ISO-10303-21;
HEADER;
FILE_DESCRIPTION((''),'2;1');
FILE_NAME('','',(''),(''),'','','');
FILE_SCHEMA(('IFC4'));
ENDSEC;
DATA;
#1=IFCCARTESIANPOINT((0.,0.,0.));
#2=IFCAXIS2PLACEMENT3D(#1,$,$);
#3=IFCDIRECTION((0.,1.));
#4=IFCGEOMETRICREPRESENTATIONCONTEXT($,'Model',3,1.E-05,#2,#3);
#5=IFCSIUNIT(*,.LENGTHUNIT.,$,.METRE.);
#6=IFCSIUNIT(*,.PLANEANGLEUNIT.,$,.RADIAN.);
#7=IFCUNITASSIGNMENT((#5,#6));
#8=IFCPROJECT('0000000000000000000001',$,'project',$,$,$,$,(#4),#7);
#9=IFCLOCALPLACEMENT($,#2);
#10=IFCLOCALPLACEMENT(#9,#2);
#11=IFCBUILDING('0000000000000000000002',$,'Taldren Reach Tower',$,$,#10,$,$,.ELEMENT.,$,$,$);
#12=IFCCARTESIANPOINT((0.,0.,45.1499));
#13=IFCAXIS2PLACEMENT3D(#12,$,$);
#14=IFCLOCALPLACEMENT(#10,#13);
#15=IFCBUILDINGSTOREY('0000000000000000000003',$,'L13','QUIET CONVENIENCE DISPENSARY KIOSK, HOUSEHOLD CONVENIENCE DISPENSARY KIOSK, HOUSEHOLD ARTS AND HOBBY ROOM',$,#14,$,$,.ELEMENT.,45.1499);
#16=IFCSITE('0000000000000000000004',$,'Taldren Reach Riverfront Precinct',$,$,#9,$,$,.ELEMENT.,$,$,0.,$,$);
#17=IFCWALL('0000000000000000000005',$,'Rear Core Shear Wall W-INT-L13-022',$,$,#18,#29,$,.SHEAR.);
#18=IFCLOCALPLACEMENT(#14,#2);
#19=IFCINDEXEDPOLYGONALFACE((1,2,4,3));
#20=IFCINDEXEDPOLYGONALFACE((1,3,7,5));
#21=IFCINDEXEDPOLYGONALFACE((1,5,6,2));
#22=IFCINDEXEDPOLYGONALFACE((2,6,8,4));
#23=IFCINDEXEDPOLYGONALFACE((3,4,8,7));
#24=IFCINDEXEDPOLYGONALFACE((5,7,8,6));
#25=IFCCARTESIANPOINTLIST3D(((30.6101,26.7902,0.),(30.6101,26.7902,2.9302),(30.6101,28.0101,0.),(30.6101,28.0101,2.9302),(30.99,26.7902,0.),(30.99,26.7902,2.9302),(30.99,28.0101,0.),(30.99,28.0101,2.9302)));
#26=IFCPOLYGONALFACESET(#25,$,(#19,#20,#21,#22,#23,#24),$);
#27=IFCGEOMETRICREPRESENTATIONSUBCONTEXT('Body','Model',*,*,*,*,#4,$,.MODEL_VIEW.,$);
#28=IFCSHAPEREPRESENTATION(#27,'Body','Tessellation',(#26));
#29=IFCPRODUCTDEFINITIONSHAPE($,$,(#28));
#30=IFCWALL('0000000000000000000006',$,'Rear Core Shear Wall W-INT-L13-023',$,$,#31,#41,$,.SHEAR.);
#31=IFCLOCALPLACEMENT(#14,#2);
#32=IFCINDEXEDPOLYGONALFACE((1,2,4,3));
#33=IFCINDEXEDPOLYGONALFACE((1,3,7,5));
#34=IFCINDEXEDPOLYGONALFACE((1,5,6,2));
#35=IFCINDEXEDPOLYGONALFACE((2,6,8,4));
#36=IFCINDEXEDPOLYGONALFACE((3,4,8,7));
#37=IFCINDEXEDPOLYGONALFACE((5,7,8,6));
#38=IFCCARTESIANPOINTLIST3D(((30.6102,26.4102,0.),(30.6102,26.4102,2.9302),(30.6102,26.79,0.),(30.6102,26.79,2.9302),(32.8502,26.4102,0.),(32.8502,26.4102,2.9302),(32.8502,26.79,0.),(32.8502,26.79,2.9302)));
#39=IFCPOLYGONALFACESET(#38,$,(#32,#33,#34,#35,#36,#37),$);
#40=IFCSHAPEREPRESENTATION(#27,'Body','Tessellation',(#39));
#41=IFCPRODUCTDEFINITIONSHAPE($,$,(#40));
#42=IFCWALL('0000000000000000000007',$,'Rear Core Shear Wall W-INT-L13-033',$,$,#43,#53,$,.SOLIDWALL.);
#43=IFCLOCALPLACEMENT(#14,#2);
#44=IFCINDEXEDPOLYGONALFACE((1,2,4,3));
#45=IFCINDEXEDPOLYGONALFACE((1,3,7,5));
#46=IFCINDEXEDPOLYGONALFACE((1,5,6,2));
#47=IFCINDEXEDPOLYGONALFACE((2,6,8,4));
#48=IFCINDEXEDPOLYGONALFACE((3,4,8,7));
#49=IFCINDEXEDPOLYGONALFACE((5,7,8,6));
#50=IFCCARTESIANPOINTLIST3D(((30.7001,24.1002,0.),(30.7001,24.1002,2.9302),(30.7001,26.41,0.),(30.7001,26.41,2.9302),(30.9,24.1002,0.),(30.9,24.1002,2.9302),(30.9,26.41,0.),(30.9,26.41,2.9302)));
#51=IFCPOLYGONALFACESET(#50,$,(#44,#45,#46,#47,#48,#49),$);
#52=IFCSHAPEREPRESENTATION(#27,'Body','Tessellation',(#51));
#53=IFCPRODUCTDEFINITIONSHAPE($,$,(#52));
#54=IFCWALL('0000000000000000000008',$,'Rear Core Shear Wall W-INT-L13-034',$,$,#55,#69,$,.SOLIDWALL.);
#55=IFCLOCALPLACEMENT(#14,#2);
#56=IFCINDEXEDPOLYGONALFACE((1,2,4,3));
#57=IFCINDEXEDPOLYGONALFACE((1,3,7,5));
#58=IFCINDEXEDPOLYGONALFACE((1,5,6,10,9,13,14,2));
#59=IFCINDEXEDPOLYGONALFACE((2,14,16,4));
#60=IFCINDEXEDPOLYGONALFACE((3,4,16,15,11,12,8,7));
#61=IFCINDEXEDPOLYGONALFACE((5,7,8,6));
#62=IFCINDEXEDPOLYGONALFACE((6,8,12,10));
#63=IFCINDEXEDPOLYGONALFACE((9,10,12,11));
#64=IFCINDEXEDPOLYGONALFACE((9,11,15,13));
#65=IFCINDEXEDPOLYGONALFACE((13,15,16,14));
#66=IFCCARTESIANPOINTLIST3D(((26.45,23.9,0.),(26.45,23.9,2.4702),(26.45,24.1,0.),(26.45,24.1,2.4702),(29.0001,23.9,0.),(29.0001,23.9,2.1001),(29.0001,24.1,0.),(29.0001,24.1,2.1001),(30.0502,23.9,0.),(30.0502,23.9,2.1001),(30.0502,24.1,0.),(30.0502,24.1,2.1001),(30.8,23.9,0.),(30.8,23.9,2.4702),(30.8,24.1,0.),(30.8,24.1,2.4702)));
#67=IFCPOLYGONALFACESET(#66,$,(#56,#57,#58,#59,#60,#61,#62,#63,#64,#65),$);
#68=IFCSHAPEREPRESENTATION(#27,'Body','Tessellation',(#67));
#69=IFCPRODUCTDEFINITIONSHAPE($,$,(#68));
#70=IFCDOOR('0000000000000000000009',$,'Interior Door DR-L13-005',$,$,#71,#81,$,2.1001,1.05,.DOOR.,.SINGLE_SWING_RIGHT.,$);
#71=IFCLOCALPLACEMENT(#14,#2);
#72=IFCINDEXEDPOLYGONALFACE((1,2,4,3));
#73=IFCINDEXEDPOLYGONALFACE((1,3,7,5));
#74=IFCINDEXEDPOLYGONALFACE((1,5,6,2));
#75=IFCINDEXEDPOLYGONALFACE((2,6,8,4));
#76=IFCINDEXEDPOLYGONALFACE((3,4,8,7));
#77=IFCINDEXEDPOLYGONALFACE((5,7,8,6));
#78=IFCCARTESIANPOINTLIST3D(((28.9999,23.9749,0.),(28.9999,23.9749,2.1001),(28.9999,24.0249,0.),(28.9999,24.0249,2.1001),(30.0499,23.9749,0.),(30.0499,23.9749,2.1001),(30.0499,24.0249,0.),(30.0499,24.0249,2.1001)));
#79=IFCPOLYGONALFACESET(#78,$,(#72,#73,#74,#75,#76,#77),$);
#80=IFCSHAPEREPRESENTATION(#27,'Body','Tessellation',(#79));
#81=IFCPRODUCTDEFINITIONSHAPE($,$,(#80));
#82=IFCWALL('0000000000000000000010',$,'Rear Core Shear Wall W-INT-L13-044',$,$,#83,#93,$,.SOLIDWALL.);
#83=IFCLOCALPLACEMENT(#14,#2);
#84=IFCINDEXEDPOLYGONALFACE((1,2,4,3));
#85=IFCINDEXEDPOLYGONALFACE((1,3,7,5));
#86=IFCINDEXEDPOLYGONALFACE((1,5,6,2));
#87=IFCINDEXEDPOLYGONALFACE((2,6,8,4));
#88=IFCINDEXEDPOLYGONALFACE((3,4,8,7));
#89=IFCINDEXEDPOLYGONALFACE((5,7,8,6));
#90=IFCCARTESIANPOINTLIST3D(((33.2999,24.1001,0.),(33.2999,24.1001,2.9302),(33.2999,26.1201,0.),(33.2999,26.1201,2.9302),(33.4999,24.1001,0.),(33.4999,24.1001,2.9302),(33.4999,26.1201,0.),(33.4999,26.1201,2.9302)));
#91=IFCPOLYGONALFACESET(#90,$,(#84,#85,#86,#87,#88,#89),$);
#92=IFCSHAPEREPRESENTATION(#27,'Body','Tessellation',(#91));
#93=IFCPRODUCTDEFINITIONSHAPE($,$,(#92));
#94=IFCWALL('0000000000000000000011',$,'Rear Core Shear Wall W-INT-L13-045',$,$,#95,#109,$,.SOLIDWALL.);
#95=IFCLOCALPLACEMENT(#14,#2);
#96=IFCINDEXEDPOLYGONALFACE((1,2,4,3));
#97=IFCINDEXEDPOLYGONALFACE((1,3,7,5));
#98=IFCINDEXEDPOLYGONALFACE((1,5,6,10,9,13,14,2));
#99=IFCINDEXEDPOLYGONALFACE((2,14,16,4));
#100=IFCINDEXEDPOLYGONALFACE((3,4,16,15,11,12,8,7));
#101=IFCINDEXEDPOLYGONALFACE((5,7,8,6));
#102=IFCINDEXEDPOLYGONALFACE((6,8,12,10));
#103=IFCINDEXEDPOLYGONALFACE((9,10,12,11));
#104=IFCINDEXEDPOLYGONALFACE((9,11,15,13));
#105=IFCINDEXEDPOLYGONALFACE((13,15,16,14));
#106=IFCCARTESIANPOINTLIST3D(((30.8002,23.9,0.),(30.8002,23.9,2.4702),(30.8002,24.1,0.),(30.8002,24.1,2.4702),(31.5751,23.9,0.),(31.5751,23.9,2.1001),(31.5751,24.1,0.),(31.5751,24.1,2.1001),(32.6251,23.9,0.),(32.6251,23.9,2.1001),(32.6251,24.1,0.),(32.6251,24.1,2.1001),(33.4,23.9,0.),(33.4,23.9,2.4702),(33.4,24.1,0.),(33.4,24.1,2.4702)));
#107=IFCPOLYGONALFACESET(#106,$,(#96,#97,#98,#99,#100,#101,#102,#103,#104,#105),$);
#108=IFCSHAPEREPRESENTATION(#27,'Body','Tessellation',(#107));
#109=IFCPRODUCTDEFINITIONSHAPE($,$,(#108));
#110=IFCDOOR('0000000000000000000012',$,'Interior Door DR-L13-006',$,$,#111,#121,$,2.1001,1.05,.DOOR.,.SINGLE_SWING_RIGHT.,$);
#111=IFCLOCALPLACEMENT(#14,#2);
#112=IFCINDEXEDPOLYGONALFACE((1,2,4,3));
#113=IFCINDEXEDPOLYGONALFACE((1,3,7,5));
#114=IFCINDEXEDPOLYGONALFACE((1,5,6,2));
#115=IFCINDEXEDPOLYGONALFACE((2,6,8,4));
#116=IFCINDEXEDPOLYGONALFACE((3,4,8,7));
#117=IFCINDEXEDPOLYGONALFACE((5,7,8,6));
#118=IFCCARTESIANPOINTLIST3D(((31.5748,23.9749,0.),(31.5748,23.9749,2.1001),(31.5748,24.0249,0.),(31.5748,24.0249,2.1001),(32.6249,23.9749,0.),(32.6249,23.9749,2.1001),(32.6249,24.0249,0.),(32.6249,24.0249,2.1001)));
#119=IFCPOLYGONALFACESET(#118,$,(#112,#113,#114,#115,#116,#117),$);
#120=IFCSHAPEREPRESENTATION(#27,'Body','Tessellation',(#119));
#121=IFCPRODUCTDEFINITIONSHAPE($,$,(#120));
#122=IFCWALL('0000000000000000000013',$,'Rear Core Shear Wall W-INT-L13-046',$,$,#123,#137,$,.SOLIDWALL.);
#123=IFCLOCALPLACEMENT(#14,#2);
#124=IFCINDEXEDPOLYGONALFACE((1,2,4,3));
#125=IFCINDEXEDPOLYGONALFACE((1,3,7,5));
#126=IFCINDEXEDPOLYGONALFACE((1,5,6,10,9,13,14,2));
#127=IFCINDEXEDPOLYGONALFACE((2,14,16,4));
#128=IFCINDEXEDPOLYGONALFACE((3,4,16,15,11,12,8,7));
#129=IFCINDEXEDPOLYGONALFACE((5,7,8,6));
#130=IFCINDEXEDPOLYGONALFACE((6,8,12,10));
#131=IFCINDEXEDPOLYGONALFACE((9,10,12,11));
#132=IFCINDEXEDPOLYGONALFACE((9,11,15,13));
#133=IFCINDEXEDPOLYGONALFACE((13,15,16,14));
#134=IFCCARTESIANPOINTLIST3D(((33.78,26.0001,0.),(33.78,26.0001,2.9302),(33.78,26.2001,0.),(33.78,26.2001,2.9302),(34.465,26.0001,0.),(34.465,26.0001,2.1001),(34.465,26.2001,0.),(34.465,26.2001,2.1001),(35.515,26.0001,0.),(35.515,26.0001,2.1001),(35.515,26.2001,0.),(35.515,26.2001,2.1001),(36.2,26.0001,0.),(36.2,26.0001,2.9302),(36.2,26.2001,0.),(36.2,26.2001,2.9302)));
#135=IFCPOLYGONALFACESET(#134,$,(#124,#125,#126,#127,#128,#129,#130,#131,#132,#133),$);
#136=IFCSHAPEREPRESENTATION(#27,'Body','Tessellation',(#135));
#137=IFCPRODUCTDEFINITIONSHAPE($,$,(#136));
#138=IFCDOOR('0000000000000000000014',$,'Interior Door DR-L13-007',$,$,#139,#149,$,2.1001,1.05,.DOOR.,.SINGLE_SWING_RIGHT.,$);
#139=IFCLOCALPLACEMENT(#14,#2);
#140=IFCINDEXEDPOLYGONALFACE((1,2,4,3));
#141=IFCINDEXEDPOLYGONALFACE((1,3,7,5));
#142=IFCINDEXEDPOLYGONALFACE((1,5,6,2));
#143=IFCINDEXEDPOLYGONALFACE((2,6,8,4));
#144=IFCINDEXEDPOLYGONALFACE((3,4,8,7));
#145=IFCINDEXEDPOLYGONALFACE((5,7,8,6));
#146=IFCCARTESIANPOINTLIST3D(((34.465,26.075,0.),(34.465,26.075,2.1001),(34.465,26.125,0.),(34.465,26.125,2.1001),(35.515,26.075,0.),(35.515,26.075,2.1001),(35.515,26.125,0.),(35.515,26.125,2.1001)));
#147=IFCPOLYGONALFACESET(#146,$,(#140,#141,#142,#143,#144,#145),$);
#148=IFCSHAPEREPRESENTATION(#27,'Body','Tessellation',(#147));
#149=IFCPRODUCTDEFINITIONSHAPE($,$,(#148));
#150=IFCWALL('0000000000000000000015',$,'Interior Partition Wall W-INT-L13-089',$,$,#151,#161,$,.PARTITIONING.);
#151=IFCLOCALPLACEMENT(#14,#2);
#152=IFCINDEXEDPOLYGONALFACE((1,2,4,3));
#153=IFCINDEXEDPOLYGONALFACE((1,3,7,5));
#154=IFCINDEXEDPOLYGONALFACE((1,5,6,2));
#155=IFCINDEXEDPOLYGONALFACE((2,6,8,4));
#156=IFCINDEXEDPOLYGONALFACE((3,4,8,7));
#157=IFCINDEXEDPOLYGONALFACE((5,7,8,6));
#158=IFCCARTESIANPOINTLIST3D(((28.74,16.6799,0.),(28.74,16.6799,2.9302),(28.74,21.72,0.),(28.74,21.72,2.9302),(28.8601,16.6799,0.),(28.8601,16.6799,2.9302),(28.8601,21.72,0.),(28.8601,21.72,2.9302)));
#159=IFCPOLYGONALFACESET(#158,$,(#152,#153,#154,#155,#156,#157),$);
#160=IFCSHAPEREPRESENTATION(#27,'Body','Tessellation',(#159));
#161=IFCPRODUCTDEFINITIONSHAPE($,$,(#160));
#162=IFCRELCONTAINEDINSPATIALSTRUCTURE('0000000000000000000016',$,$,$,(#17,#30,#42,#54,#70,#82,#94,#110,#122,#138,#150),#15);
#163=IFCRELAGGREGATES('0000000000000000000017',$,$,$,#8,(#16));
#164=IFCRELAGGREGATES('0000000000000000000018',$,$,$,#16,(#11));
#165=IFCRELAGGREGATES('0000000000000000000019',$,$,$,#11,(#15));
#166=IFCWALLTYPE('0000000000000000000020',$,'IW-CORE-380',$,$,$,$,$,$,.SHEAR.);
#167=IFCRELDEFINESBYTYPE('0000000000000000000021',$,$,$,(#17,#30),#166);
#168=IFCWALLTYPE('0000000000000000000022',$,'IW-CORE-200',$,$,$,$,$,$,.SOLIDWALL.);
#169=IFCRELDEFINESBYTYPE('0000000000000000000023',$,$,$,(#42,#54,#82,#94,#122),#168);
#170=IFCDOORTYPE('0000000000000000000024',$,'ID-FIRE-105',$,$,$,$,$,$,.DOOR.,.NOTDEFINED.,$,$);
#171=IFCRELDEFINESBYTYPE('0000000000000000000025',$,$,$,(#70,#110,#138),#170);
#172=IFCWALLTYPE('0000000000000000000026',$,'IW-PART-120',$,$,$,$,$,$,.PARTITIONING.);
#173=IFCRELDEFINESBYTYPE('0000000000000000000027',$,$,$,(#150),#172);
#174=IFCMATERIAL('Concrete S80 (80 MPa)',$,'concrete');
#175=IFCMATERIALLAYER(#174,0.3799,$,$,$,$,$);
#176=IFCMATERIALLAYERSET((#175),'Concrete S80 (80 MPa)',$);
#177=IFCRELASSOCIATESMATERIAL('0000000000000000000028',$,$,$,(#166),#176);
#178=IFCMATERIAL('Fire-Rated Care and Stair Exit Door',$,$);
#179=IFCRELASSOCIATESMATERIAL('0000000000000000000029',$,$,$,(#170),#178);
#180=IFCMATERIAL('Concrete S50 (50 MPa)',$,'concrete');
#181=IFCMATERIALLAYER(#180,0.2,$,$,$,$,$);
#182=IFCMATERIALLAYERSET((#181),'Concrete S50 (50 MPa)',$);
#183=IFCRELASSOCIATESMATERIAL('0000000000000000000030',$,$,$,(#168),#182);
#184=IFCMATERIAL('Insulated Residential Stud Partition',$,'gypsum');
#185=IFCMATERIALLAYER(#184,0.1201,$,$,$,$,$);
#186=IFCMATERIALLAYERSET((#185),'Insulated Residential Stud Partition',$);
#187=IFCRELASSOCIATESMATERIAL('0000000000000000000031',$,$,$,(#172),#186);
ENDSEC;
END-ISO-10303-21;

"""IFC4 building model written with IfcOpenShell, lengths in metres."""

from ifc_helpers import new_model, si_unit, direction, frame, frame_2d, origin, place, context, subcontext, project, spatial, rectangle, extrude, source, transform, mapped, material, layer, layer_set, type_object, element, fill, save


model = new_model("IFC4")

# Units and contexts
model_context = context("Model", 3, precision=1e-05, world=origin(), true_north=direction((0.0, 1.0)))
body_context = subcontext(model_context, "Body", "Model", "MODEL_VIEW")
ifc_project = project(units=[si_unit("LENGTHUNIT", "METRE"), si_unit("PLANEANGLEUNIT", "RADIAN")], contexts=[model_context])

# Site, building, storey
site_placement = place(None, origin())
site = spatial("IfcSite", under=ifc_project, at=site_placement, Name="Taldren Reach Riverfront Precinct", CompositionType="ELEMENT", RefElevation=0.0)
building_placement = place(site_placement, origin())
building = spatial("IfcBuilding", under=site, at=building_placement, Name="Taldren Reach Tower", CompositionType="ELEMENT")
storey_placement = place(building_placement, frame((0.0, 0.0, 45.1499)))
storey = spatial("IfcBuildingStorey", under=building, at=storey_placement, Name="L13", Description="QUIET CONVENIENCE DISPENSARY KIOSK, HOUSEHOLD CONVENIENCE DISPENSARY KIOSK, HOUSEHOLD ARTS AND HOBBY ROOM", CompositionType="ELEMENT", Elevation=45.1499)

# Shared definitions
ifc_material_1 = material(Name="Concrete S80 (80 MPa)", Category="concrete")
ifc_layer_1 = layer(ifc_material_1, 0.3799)
ifc_layer_set_1 = layer_set([ifc_layer_1], Name="Concrete S80 (80 MPa)")
wall_type_1 = type_object("IfcWallType", Name="IW-CORE-380", PredefinedType="SHEAR", material=ifc_layer_set_1)
ifc_material_2 = material(Name="Fire-Rated Care and Stair Exit Door")
door_type = type_object("IfcDoorType", Name="ID-FIRE-105", OperationType="NOTDEFINED", PredefinedType="DOOR", material=ifc_material_2)
shared_shape_1 = source(origin(), body_context, "Body", "SweptSolid", [
    extrude(rectangle(XDim=1.05, YDim=2.1001, at=frame_2d((0.5249, 1.05))), frame((0.0, 0.0249, 0.0), z_axis=(0.0, -1.0, 0.0), x_axis=(1.0, 0.0, 0.0)), (0.0, 0.0, 1.0), 0.05),
])

# Shared definitions
ifc_material_3 = material(Name="Concrete S50 (50 MPa)", Category="concrete")
ifc_layer_2 = layer(ifc_material_3, 0.2)
ifc_layer_set_2 = layer_set([ifc_layer_2], Name="Concrete S50 (50 MPa)")
wall_type_2 = type_object("IfcWallType", Name="IW-CORE-200", PredefinedType="SOLIDWALL", material=ifc_layer_set_2)

# Shared definitions
shared_shape_2 = source(origin(), body_context, "Body", "SweptSolid", [
    extrude(rectangle(XDim=1.05, YDim=2.1001, at=frame_2d((0.5249, 1.05))), frame((0.0, 0.1099, 0.0), z_axis=(0.0, -1.0, 0.0), x_axis=(1.0, 0.0, 0.0)), (0.0, 0.0, 1.0), 0.22),
])

# Walls
shared_shape_3 = source(origin(), body_context, "Body", "SweptSolid", [
    extrude(rectangle(XDim=1.22, YDim=0.3799, at=frame_2d((0.6099, 0.0))), origin(), (0.0, 0.0, 1.0), 2.9302),
])
wall_1_placement = place(storey_placement, frame((30.8, 28.01, 0.0), z_axis=(0.0, 0.0, 1.0), x_axis=(0.0, -1.0, 0.0)))
element("IfcWall", 1, at=wall_1_placement, inside=storey, type_object=wall_type_1, Name="Rear Core Shear Wall W-INT-L13-022", PredefinedType="SHEAR", context=body_context, shape_type="MappedRepresentation", body=[
    mapped(shared_shape_3, transform((0.0, 0.0, 0.0), scale=1.0)),
])
shared_shape_4 = source(origin(), body_context, "Body", "SweptSolid", [
    extrude(rectangle(XDim=2.24, YDim=0.3799, at=frame_2d((1.1201, 0.0))), origin(), (0.0, 0.0, 1.0), 2.9302),
])
wall_2_placement = place(storey_placement, frame((30.6101, 26.6001, 0.0), z_axis=(0.0, 0.0, 1.0), x_axis=(1.0, 0.0, 0.0)))
element("IfcWall", 2, at=wall_2_placement, inside=storey, type_object=wall_type_1, Name="Rear Core Shear Wall W-INT-L13-023", PredefinedType="SHEAR", context=body_context, shape_type="MappedRepresentation", body=[
    mapped(shared_shape_4, transform((0.0, 0.0, 0.0), scale=1.0)),
])
shared_shape_5 = source(origin(), body_context, "Body", "SweptSolid", [
    extrude(rectangle(XDim=2.3098, YDim=0.2, at=frame_2d((1.1548, 0.0))), origin(), (0.0, 0.0, 1.0), 2.9302),
])
wall_3_placement = place(storey_placement, frame((30.8, 26.4099, 0.0), z_axis=(0.0, 0.0, 1.0), x_axis=(0.0, -1.0, 0.0)))
element("IfcWall", 3, at=wall_3_placement, inside=storey, type_object=wall_type_2, Name="Rear Core Shear Wall W-INT-L13-033", PredefinedType="SOLIDWALL", context=body_context, shape_type="MappedRepresentation", body=[
    mapped(shared_shape_5, transform((0.0, 0.0, 0.0), scale=1.0)),
])

# Wall, opening, door
shared_shape_6 = source(origin(), body_context, "Body", "SweptSolid", [
    extrude(rectangle(XDim=4.3501, YDim=0.2, at=frame_2d((2.175, 0.0))), origin(), (0.0, 0.0, 1.0), 2.4702),
])
wall_4_placement = place(storey_placement, frame((30.8, 24.0, 0.0), z_axis=(0.0, 0.0, 1.0), x_axis=(-1.0, 0.0, 0.0)))
wall_4 = element("IfcWall", 4, at=wall_4_placement, inside=storey, type_object=wall_type_2, Name="Rear Core Shear Wall W-INT-L13-034", PredefinedType="SOLIDWALL", context=body_context, shape_type="MappedRepresentation", body=[
    mapped(shared_shape_6, transform((0.0, 0.0, 0.0), scale=1.0)),
])
opening_1_placement = place(wall_4_placement, frame((0.75, 0.0, 0.0)))
opening_1 = element("IfcOpeningElement", 5, at=opening_1_placement, cuts=wall_4, PredefinedType="OPENING", context=body_context, shape_type="MappedRepresentation", body=[
    mapped(shared_shape_2, transform((0.0, 0.0, 0.0), scale=1.0)),
])
door_1_placement = place(opening_1_placement, frame((1.05, 0.0, 0.0), z_axis=(0.0, 0.0, 1.0), x_axis=(-1.0, 0.0, 0.0)))
door_1 = element("IfcDoor", 6, at=door_1_placement, inside=storey, type_object=door_type, Name="Interior Door DR-L13-005", OperationType="SINGLE_SWING_RIGHT", OverallHeight=2.1001, OverallWidth=1.05, PredefinedType="DOOR", context=body_context, shape_type="MappedRepresentation", body=[
    mapped(shared_shape_1, transform((0.0, 0.0, 0.0), scale=1.0)),
])
fill(opening_1, door_1)

# Wall
shared_shape_7 = source(origin(), body_context, "Body", "SweptSolid", [
    extrude(rectangle(XDim=2.02, YDim=0.2, at=frame_2d((1.01, 0.0))), origin(), (0.0, 0.0, 1.0), 2.9302),
])
wall_5_placement = place(storey_placement, frame((33.3999, 26.1201, 0.0), z_axis=(0.0, 0.0, 1.0), x_axis=(0.0, -1.0, 0.0)))
element("IfcWall", 7, at=wall_5_placement, inside=storey, type_object=wall_type_2, Name="Rear Core Shear Wall W-INT-L13-044", PredefinedType="SOLIDWALL", context=body_context, shape_type="MappedRepresentation", body=[
    mapped(shared_shape_7, transform((0.0, 0.0, 0.0), scale=1.0)),
])

# Walls, openings, doors
shared_shape_8 = source(origin(), body_context, "Body", "SweptSolid", [
    extrude(rectangle(XDim=2.5999, YDim=0.2, at=frame_2d((1.2998, 0.0))), origin(), (0.0, 0.0, 1.0), 2.4702),
])
wall_6_placement = place(storey_placement, frame((33.3999, 24.0, 0.0), z_axis=(0.0, 0.0, 1.0), x_axis=(-1.0, 0.0, 0.0)))
wall_6 = element("IfcWall", 8, at=wall_6_placement, inside=storey, type_object=wall_type_2, Name="Rear Core Shear Wall W-INT-L13-045", PredefinedType="SOLIDWALL", context=body_context, shape_type="MappedRepresentation", body=[
    mapped(shared_shape_8, transform((0.0, 0.0, 0.0), scale=1.0)),
])
opening_2_placement = place(wall_6_placement, frame((0.7749, 0.0, 0.0)))
opening_2 = element("IfcOpeningElement", 9, at=opening_2_placement, cuts=wall_6, PredefinedType="OPENING", context=body_context, shape_type="MappedRepresentation", body=[
    mapped(shared_shape_2, transform((0.0, 0.0, 0.0), scale=1.0)),
])
door_2_placement = place(opening_2_placement, frame((1.05, 0.0, 0.0), z_axis=(0.0, 0.0, 1.0), x_axis=(-1.0, 0.0, 0.0)))
door_2 = element("IfcDoor", 10, at=door_2_placement, inside=storey, type_object=door_type, Name="Interior Door DR-L13-006", OperationType="SINGLE_SWING_RIGHT", OverallHeight=2.1001, OverallWidth=1.05, PredefinedType="DOOR", context=body_context, shape_type="MappedRepresentation", body=[
    mapped(shared_shape_1, transform((0.0, 0.0, 0.0), scale=1.0)),
])
fill(opening_2, door_2)
shared_shape_9 = source(origin(), body_context, "Body", "SweptSolid", [
    extrude(rectangle(XDim=2.4199, YDim=0.2, at=frame_2d((1.21, 0.0))), origin(), (0.0, 0.0, 1.0), 2.9302),
])
wall_7_placement = place(storey_placement, frame((33.78, 26.1001, 0.0), z_axis=(0.0, 0.0, 1.0), x_axis=(1.0, 0.0, 0.0)))
wall_7 = element("IfcWall", 11, at=wall_7_placement, inside=storey, type_object=wall_type_2, Name="Rear Core Shear Wall W-INT-L13-046", PredefinedType="SOLIDWALL", context=body_context, shape_type="MappedRepresentation", body=[
    mapped(shared_shape_9, transform((0.0, 0.0, 0.0), scale=1.0)),
])
opening_3_placement = place(wall_7_placement, frame((0.6851, 0.0, 0.0)))
opening_3 = element("IfcOpeningElement", 12, at=opening_3_placement, cuts=wall_7, PredefinedType="OPENING", context=body_context, shape_type="MappedRepresentation", body=[
    mapped(shared_shape_2, transform((0.0, 0.0, 0.0), scale=1.0)),
])
door_3_placement = place(opening_3_placement, origin())
door_3 = element("IfcDoor", 13, at=door_3_placement, inside=storey, type_object=door_type, Name="Interior Door DR-L13-007", OperationType="SINGLE_SWING_RIGHT", OverallHeight=2.1001, OverallWidth=1.05, PredefinedType="DOOR", context=body_context, shape_type="MappedRepresentation", body=[
    mapped(shared_shape_1, transform((0.0, 0.0, 0.0), scale=1.0)),
])
fill(opening_3, door_3)

# Wall
ifc_material_4 = material(Name="Insulated Residential Stud Partition", Category="gypsum")
ifc_layer_3 = layer(ifc_material_4, 0.1201)
ifc_layer_set_3 = layer_set([ifc_layer_3], Name="Insulated Residential Stud Partition")
wall_type_3 = type_object("IfcWallType", Name="IW-PART-120", PredefinedType="PARTITIONING", material=ifc_layer_set_3)
shared_shape_10 = source(origin(), body_context, "Body", "SweptSolid", [
    extrude(rectangle(XDim=5.04, YDim=0.1201, at=frame_2d((2.52, 0.0))), origin(), (0.0, 0.0, 1.0), 2.9302),
])
wall_8_placement = place(storey_placement, frame((28.8, 21.72, 0.0), z_axis=(0.0, 0.0, 1.0), x_axis=(0.0, -1.0, 0.0)))
element("IfcWall", 14, at=wall_8_placement, inside=storey, type_object=wall_type_3, Name="Interior Partition Wall W-INT-L13-089", PredefinedType="PARTITIONING", context=body_context, shape_type="MappedRepresentation", body=[
    mapped(shared_shape_10, transform((0.0, 0.0, 0.0), scale=1.0)),
])

save(model, "model.ifc")
